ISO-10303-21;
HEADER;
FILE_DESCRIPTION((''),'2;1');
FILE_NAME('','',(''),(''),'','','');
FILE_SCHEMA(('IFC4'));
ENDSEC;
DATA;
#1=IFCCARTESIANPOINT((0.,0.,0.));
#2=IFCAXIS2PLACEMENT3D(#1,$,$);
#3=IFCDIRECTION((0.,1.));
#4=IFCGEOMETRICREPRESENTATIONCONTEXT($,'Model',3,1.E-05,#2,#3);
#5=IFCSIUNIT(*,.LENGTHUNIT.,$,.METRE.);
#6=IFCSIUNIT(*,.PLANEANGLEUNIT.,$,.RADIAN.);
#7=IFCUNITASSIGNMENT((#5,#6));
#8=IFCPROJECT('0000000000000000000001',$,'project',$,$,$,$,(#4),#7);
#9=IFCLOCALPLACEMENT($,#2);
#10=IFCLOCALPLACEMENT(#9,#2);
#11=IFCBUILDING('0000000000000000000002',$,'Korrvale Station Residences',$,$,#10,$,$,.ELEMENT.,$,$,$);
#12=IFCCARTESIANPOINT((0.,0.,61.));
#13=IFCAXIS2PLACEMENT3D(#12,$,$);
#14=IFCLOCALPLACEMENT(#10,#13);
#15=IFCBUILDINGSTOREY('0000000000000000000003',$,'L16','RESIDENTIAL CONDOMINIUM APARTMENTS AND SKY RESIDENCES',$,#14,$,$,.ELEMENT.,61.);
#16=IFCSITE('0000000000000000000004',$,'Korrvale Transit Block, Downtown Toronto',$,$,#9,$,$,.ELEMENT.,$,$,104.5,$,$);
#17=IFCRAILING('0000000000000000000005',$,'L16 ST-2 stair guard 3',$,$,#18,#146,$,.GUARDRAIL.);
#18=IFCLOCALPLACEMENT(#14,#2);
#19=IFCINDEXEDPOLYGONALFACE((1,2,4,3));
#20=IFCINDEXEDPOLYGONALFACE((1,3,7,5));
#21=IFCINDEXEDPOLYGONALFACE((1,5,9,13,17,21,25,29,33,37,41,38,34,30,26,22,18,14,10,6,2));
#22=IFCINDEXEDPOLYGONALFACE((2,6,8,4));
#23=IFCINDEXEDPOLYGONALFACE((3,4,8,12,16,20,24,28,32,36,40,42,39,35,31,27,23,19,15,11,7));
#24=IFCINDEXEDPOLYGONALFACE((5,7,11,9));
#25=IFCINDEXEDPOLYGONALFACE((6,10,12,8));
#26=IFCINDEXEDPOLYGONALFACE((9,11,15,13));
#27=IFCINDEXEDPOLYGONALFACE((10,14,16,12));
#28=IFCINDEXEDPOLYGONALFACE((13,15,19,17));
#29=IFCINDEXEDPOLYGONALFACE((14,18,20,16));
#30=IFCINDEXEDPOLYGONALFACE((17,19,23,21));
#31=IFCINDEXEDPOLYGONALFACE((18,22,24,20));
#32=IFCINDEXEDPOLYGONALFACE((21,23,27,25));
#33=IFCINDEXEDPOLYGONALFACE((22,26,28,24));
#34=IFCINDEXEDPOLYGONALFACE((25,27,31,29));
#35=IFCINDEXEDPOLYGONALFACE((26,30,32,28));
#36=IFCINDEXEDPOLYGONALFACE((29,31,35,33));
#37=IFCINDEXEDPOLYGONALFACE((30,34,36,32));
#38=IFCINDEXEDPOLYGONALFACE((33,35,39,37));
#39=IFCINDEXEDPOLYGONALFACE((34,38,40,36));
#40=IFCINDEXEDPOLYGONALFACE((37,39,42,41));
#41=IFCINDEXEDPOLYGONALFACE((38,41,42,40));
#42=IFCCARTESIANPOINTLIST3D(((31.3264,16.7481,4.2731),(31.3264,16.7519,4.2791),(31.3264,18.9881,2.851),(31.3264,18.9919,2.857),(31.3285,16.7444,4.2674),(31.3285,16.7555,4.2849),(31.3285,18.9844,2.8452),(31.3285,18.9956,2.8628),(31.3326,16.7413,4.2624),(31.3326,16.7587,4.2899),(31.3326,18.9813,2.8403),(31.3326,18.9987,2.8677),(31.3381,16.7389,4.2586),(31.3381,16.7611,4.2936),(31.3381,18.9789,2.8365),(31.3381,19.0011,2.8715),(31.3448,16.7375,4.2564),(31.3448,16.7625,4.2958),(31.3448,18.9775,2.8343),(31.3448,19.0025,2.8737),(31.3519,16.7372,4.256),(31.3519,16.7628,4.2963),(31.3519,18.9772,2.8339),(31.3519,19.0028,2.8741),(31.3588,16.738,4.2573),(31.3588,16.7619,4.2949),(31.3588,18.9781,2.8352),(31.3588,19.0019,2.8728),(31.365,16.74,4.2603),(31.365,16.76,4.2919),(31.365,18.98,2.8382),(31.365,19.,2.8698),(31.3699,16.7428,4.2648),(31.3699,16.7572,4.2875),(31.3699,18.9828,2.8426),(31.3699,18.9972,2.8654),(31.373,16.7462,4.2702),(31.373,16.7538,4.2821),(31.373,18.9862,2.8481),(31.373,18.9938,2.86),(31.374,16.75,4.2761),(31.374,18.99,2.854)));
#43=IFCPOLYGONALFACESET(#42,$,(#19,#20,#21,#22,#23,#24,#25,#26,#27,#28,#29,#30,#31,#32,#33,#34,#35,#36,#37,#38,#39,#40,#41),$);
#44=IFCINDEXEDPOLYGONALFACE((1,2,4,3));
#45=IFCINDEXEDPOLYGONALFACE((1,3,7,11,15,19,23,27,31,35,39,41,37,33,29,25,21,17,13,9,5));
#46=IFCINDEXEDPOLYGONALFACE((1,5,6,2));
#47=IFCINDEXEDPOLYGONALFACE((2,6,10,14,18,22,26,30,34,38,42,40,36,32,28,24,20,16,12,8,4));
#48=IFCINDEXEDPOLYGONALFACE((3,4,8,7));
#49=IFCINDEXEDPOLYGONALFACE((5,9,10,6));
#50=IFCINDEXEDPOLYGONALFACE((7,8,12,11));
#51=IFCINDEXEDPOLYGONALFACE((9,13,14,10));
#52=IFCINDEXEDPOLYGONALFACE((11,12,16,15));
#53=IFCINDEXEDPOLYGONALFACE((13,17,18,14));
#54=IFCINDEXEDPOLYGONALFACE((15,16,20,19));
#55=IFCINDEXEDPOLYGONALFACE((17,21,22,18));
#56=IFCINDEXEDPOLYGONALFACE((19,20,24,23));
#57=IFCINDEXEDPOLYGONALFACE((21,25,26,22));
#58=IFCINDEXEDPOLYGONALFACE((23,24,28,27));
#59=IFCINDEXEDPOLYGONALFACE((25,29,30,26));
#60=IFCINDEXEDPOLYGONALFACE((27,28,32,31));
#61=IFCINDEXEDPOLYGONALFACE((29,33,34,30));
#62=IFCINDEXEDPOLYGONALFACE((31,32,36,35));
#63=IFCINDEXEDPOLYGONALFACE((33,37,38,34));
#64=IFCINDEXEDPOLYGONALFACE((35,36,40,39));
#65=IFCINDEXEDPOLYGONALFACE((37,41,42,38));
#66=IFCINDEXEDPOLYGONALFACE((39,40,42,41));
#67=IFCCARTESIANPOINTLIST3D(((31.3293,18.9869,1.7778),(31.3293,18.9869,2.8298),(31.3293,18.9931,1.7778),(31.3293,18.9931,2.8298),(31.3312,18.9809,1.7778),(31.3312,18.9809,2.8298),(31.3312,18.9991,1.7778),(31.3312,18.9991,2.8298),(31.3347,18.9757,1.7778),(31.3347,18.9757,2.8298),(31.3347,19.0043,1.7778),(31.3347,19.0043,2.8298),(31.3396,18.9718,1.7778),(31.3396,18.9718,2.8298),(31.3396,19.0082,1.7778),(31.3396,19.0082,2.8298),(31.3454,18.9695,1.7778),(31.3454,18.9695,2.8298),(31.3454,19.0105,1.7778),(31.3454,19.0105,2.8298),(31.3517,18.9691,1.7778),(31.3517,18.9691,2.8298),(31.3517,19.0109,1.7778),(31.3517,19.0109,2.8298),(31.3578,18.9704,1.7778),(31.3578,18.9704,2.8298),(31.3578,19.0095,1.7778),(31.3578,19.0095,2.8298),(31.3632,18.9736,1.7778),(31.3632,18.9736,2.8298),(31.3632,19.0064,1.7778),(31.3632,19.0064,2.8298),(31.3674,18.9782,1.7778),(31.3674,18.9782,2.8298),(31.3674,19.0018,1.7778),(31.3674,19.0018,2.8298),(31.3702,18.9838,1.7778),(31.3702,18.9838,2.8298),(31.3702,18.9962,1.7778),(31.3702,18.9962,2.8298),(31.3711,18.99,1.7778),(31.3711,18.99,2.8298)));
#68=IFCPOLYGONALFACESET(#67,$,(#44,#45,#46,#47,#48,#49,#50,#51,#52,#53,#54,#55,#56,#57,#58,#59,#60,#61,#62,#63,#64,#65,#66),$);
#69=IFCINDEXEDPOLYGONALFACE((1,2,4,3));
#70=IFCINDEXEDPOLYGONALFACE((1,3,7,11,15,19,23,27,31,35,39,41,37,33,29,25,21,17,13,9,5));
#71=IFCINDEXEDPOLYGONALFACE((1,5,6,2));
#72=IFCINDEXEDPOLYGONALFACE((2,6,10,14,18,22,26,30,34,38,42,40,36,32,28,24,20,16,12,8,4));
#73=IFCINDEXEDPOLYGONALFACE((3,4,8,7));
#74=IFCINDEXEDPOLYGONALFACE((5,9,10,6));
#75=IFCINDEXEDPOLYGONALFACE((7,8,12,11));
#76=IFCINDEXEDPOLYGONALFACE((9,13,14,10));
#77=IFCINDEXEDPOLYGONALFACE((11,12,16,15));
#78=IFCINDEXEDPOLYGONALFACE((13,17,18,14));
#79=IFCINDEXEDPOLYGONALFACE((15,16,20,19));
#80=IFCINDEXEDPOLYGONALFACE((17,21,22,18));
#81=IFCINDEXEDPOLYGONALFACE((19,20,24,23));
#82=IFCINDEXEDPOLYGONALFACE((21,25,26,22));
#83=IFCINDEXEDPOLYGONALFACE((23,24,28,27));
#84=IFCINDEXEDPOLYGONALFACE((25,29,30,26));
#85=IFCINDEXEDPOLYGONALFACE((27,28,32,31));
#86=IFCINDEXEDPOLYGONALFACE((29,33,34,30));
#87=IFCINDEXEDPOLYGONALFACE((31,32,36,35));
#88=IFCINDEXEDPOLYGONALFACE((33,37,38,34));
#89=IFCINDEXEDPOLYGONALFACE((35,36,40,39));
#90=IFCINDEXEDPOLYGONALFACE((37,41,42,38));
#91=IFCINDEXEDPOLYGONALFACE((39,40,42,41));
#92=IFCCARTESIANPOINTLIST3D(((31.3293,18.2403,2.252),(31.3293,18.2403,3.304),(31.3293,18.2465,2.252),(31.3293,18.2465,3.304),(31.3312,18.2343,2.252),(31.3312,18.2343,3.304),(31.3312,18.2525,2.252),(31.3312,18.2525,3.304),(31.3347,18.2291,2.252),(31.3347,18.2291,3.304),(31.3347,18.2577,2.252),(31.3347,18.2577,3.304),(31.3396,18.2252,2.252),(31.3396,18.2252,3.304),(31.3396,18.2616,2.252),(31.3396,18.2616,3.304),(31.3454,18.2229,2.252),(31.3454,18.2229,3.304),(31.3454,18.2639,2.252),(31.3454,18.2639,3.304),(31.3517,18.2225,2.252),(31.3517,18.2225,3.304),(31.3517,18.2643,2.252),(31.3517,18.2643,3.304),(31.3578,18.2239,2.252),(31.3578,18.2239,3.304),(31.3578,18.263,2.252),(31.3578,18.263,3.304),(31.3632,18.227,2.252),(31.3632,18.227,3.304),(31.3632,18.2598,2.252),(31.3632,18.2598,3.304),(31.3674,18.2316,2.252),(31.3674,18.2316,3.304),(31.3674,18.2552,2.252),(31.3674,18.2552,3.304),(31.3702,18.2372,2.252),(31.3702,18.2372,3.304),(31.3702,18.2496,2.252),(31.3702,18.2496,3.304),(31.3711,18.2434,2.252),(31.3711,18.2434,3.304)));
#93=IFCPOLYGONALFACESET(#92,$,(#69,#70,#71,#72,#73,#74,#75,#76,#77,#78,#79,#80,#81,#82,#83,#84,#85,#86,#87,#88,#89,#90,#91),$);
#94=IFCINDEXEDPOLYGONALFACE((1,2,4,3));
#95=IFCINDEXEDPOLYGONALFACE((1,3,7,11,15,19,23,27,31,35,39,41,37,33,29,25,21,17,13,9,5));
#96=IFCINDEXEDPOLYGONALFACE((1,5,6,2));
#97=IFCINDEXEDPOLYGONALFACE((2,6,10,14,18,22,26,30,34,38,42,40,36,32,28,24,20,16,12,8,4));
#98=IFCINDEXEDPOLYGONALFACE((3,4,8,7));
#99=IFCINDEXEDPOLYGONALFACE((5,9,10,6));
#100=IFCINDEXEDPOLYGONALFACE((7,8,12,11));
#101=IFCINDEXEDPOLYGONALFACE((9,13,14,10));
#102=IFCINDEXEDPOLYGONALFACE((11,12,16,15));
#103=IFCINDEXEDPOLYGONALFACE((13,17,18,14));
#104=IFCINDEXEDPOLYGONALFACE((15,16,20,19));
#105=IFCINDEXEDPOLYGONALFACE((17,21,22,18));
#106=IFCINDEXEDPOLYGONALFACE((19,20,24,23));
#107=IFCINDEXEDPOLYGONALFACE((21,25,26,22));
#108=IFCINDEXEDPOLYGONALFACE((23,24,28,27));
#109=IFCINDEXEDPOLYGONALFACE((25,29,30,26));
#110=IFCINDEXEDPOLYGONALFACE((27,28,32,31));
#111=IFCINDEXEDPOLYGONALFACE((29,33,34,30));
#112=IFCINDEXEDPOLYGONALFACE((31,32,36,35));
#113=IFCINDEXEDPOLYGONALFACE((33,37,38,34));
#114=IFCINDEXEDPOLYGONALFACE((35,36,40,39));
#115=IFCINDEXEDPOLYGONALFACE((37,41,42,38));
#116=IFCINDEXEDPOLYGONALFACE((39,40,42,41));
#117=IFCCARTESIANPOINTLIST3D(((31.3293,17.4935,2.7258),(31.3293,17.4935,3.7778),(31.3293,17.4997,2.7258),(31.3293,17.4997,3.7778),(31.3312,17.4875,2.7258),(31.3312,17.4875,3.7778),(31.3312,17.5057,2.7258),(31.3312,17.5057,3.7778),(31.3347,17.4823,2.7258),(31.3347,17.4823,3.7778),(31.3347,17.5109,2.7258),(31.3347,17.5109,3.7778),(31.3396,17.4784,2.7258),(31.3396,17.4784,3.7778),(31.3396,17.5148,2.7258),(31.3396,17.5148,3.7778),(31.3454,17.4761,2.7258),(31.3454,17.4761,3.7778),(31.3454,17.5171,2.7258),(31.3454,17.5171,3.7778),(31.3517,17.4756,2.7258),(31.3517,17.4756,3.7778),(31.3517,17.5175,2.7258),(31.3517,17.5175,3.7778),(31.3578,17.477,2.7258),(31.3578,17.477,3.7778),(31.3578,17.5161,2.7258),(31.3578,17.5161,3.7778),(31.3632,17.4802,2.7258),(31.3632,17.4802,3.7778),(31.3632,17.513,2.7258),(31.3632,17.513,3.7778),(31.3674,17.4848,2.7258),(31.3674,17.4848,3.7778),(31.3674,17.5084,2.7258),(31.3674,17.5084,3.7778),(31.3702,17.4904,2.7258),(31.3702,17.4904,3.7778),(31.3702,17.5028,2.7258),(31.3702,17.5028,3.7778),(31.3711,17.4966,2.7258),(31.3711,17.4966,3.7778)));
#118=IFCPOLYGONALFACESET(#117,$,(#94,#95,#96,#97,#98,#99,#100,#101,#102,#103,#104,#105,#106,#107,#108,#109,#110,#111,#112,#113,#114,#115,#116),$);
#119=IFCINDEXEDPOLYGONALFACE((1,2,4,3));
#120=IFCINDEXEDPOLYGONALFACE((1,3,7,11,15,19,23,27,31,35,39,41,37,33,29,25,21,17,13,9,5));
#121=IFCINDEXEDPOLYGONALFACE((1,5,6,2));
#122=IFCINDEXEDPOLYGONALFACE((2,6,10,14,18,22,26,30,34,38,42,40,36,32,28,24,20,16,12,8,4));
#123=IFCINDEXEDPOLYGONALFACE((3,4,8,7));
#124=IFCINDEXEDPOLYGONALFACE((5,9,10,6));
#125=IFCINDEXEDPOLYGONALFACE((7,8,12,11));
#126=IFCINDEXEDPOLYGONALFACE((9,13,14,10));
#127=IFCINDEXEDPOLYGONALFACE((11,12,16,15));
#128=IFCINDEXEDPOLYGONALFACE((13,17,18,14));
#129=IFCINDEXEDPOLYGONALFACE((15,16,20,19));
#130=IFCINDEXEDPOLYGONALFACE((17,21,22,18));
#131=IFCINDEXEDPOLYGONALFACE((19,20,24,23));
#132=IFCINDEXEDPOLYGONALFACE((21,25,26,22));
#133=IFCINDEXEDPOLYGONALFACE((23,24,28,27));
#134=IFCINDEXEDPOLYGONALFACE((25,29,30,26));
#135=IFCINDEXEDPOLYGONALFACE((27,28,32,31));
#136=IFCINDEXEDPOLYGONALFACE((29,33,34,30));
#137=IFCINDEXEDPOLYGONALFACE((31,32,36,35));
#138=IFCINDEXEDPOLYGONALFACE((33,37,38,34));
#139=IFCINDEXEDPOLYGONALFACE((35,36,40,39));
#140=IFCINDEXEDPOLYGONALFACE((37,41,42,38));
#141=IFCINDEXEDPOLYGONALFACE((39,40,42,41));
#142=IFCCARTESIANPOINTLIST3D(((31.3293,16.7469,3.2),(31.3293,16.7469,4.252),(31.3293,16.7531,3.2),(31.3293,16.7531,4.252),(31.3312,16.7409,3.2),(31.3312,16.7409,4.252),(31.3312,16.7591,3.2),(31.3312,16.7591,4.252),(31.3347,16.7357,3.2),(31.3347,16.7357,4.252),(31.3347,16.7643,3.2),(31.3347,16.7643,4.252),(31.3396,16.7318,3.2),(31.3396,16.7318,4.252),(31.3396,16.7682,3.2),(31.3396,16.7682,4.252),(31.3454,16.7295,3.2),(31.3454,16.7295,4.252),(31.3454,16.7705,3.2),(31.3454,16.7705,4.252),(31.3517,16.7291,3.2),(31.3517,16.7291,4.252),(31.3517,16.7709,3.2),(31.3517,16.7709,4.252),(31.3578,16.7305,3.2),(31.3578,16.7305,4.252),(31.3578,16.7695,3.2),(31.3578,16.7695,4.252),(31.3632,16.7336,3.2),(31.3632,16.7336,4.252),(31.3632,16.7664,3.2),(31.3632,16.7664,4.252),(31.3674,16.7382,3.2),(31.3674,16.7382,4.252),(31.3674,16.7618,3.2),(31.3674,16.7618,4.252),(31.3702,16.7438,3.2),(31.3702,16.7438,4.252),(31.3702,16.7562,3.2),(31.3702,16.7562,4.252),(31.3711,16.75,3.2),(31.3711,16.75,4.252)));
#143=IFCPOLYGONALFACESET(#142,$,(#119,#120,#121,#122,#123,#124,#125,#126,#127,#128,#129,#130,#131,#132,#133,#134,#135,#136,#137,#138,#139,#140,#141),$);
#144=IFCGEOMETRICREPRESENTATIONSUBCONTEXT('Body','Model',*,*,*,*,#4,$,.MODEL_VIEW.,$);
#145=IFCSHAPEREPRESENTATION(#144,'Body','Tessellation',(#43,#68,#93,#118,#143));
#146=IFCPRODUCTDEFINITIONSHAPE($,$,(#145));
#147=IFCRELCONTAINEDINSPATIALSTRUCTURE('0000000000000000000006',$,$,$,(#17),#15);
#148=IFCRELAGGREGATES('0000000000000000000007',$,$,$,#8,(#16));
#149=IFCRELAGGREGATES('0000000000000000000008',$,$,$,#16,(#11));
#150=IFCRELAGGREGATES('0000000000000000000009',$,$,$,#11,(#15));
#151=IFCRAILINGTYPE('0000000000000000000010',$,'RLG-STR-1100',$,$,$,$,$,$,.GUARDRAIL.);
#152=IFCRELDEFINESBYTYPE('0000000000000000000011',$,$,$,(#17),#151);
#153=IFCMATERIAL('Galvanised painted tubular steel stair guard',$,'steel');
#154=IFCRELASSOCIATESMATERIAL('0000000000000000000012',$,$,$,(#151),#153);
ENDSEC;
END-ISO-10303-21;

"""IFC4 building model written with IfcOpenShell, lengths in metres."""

from ifc_helpers import new_model, si_unit, direction, frame, origin, origin_2d, place, context, subcontext, project, spatial, circle, extrude, material, type_object, element, save


model = new_model("IFC4")

# Units and contexts
model_context = context("Model", 3, precision=1e-05, world=origin(), true_north=direction((0.0, 1.0)))
body_context = subcontext(model_context, "Body", "Model", "MODEL_VIEW")
ifc_project = project(units=[si_unit("LENGTHUNIT", "METRE"), si_unit("PLANEANGLEUNIT", "RADIAN")], contexts=[model_context])

# Site, building, storey
site_placement = place(None, origin())
site = spatial("IfcSite", under=ifc_project, at=site_placement, Name="Korrvale Transit Block, Downtown Toronto", CompositionType="ELEMENT", RefElevation=104.5)
building_placement = place(site_placement, origin())
building = spatial("IfcBuilding", under=site, at=building_placement, Name="Korrvale Station Residences", CompositionType="ELEMENT")
storey_placement = place(building_placement, frame((0.0, 0.0, 61.0)))
storey = spatial("IfcBuildingStorey", under=building, at=storey_placement, Name="L16", Description="RESIDENTIAL CONDOMINIUM APARTMENTS AND SKY RESIDENCES", CompositionType="ELEMENT", Elevation=61.0)

# Railing
ifc_material_1 = material(Name="Galvanised painted tubular steel stair guard", Category="steel")
railing_type_1 = type_object("IfcRailingType", Name="RLG-STR-1100", PredefinedType="GUARDRAIL", material=ifc_material_1)
railing_1_placement = place(storey_placement, frame((31.3501, 18.99, 1.7778)))
element("IfcRailing", 1, at=railing_1_placement, inside=storey, type_object=railing_type_1, Name="L16 ST-2 stair guard 3", PredefinedType="GUARDRAIL", context=body_context, shape_type="SweptSolid", body=[
    extrude(circle(Radius=0.0239, at=origin_2d()), frame((0.0, 0.0, 1.0762), z_axis=(0.0, -0.844229, 0.535982), x_axis=(1.0, 0.0, 0.0)), (0.0, 0.0, 1.0), 2.6533),
    extrude(circle(Radius=0.021, at=origin_2d()), origin(), (0.0, 0.0, 1.0), 1.052),
    extrude(circle(Radius=0.021, at=origin_2d()), frame((0.0, -0.7466, 0.4741)), (0.0, 0.0, 1.0), 1.052),
    extrude(circle(Radius=0.021, at=origin_2d()), frame((0.0, -1.4934, 0.948)), (0.0, 0.0, 1.0), 1.052),
    extrude(circle(Radius=0.021, at=origin_2d()), frame((0.0, -2.24, 1.4221)), (0.0, 0.0, 1.0), 1.052),
])

save(model, "model.ifc")
